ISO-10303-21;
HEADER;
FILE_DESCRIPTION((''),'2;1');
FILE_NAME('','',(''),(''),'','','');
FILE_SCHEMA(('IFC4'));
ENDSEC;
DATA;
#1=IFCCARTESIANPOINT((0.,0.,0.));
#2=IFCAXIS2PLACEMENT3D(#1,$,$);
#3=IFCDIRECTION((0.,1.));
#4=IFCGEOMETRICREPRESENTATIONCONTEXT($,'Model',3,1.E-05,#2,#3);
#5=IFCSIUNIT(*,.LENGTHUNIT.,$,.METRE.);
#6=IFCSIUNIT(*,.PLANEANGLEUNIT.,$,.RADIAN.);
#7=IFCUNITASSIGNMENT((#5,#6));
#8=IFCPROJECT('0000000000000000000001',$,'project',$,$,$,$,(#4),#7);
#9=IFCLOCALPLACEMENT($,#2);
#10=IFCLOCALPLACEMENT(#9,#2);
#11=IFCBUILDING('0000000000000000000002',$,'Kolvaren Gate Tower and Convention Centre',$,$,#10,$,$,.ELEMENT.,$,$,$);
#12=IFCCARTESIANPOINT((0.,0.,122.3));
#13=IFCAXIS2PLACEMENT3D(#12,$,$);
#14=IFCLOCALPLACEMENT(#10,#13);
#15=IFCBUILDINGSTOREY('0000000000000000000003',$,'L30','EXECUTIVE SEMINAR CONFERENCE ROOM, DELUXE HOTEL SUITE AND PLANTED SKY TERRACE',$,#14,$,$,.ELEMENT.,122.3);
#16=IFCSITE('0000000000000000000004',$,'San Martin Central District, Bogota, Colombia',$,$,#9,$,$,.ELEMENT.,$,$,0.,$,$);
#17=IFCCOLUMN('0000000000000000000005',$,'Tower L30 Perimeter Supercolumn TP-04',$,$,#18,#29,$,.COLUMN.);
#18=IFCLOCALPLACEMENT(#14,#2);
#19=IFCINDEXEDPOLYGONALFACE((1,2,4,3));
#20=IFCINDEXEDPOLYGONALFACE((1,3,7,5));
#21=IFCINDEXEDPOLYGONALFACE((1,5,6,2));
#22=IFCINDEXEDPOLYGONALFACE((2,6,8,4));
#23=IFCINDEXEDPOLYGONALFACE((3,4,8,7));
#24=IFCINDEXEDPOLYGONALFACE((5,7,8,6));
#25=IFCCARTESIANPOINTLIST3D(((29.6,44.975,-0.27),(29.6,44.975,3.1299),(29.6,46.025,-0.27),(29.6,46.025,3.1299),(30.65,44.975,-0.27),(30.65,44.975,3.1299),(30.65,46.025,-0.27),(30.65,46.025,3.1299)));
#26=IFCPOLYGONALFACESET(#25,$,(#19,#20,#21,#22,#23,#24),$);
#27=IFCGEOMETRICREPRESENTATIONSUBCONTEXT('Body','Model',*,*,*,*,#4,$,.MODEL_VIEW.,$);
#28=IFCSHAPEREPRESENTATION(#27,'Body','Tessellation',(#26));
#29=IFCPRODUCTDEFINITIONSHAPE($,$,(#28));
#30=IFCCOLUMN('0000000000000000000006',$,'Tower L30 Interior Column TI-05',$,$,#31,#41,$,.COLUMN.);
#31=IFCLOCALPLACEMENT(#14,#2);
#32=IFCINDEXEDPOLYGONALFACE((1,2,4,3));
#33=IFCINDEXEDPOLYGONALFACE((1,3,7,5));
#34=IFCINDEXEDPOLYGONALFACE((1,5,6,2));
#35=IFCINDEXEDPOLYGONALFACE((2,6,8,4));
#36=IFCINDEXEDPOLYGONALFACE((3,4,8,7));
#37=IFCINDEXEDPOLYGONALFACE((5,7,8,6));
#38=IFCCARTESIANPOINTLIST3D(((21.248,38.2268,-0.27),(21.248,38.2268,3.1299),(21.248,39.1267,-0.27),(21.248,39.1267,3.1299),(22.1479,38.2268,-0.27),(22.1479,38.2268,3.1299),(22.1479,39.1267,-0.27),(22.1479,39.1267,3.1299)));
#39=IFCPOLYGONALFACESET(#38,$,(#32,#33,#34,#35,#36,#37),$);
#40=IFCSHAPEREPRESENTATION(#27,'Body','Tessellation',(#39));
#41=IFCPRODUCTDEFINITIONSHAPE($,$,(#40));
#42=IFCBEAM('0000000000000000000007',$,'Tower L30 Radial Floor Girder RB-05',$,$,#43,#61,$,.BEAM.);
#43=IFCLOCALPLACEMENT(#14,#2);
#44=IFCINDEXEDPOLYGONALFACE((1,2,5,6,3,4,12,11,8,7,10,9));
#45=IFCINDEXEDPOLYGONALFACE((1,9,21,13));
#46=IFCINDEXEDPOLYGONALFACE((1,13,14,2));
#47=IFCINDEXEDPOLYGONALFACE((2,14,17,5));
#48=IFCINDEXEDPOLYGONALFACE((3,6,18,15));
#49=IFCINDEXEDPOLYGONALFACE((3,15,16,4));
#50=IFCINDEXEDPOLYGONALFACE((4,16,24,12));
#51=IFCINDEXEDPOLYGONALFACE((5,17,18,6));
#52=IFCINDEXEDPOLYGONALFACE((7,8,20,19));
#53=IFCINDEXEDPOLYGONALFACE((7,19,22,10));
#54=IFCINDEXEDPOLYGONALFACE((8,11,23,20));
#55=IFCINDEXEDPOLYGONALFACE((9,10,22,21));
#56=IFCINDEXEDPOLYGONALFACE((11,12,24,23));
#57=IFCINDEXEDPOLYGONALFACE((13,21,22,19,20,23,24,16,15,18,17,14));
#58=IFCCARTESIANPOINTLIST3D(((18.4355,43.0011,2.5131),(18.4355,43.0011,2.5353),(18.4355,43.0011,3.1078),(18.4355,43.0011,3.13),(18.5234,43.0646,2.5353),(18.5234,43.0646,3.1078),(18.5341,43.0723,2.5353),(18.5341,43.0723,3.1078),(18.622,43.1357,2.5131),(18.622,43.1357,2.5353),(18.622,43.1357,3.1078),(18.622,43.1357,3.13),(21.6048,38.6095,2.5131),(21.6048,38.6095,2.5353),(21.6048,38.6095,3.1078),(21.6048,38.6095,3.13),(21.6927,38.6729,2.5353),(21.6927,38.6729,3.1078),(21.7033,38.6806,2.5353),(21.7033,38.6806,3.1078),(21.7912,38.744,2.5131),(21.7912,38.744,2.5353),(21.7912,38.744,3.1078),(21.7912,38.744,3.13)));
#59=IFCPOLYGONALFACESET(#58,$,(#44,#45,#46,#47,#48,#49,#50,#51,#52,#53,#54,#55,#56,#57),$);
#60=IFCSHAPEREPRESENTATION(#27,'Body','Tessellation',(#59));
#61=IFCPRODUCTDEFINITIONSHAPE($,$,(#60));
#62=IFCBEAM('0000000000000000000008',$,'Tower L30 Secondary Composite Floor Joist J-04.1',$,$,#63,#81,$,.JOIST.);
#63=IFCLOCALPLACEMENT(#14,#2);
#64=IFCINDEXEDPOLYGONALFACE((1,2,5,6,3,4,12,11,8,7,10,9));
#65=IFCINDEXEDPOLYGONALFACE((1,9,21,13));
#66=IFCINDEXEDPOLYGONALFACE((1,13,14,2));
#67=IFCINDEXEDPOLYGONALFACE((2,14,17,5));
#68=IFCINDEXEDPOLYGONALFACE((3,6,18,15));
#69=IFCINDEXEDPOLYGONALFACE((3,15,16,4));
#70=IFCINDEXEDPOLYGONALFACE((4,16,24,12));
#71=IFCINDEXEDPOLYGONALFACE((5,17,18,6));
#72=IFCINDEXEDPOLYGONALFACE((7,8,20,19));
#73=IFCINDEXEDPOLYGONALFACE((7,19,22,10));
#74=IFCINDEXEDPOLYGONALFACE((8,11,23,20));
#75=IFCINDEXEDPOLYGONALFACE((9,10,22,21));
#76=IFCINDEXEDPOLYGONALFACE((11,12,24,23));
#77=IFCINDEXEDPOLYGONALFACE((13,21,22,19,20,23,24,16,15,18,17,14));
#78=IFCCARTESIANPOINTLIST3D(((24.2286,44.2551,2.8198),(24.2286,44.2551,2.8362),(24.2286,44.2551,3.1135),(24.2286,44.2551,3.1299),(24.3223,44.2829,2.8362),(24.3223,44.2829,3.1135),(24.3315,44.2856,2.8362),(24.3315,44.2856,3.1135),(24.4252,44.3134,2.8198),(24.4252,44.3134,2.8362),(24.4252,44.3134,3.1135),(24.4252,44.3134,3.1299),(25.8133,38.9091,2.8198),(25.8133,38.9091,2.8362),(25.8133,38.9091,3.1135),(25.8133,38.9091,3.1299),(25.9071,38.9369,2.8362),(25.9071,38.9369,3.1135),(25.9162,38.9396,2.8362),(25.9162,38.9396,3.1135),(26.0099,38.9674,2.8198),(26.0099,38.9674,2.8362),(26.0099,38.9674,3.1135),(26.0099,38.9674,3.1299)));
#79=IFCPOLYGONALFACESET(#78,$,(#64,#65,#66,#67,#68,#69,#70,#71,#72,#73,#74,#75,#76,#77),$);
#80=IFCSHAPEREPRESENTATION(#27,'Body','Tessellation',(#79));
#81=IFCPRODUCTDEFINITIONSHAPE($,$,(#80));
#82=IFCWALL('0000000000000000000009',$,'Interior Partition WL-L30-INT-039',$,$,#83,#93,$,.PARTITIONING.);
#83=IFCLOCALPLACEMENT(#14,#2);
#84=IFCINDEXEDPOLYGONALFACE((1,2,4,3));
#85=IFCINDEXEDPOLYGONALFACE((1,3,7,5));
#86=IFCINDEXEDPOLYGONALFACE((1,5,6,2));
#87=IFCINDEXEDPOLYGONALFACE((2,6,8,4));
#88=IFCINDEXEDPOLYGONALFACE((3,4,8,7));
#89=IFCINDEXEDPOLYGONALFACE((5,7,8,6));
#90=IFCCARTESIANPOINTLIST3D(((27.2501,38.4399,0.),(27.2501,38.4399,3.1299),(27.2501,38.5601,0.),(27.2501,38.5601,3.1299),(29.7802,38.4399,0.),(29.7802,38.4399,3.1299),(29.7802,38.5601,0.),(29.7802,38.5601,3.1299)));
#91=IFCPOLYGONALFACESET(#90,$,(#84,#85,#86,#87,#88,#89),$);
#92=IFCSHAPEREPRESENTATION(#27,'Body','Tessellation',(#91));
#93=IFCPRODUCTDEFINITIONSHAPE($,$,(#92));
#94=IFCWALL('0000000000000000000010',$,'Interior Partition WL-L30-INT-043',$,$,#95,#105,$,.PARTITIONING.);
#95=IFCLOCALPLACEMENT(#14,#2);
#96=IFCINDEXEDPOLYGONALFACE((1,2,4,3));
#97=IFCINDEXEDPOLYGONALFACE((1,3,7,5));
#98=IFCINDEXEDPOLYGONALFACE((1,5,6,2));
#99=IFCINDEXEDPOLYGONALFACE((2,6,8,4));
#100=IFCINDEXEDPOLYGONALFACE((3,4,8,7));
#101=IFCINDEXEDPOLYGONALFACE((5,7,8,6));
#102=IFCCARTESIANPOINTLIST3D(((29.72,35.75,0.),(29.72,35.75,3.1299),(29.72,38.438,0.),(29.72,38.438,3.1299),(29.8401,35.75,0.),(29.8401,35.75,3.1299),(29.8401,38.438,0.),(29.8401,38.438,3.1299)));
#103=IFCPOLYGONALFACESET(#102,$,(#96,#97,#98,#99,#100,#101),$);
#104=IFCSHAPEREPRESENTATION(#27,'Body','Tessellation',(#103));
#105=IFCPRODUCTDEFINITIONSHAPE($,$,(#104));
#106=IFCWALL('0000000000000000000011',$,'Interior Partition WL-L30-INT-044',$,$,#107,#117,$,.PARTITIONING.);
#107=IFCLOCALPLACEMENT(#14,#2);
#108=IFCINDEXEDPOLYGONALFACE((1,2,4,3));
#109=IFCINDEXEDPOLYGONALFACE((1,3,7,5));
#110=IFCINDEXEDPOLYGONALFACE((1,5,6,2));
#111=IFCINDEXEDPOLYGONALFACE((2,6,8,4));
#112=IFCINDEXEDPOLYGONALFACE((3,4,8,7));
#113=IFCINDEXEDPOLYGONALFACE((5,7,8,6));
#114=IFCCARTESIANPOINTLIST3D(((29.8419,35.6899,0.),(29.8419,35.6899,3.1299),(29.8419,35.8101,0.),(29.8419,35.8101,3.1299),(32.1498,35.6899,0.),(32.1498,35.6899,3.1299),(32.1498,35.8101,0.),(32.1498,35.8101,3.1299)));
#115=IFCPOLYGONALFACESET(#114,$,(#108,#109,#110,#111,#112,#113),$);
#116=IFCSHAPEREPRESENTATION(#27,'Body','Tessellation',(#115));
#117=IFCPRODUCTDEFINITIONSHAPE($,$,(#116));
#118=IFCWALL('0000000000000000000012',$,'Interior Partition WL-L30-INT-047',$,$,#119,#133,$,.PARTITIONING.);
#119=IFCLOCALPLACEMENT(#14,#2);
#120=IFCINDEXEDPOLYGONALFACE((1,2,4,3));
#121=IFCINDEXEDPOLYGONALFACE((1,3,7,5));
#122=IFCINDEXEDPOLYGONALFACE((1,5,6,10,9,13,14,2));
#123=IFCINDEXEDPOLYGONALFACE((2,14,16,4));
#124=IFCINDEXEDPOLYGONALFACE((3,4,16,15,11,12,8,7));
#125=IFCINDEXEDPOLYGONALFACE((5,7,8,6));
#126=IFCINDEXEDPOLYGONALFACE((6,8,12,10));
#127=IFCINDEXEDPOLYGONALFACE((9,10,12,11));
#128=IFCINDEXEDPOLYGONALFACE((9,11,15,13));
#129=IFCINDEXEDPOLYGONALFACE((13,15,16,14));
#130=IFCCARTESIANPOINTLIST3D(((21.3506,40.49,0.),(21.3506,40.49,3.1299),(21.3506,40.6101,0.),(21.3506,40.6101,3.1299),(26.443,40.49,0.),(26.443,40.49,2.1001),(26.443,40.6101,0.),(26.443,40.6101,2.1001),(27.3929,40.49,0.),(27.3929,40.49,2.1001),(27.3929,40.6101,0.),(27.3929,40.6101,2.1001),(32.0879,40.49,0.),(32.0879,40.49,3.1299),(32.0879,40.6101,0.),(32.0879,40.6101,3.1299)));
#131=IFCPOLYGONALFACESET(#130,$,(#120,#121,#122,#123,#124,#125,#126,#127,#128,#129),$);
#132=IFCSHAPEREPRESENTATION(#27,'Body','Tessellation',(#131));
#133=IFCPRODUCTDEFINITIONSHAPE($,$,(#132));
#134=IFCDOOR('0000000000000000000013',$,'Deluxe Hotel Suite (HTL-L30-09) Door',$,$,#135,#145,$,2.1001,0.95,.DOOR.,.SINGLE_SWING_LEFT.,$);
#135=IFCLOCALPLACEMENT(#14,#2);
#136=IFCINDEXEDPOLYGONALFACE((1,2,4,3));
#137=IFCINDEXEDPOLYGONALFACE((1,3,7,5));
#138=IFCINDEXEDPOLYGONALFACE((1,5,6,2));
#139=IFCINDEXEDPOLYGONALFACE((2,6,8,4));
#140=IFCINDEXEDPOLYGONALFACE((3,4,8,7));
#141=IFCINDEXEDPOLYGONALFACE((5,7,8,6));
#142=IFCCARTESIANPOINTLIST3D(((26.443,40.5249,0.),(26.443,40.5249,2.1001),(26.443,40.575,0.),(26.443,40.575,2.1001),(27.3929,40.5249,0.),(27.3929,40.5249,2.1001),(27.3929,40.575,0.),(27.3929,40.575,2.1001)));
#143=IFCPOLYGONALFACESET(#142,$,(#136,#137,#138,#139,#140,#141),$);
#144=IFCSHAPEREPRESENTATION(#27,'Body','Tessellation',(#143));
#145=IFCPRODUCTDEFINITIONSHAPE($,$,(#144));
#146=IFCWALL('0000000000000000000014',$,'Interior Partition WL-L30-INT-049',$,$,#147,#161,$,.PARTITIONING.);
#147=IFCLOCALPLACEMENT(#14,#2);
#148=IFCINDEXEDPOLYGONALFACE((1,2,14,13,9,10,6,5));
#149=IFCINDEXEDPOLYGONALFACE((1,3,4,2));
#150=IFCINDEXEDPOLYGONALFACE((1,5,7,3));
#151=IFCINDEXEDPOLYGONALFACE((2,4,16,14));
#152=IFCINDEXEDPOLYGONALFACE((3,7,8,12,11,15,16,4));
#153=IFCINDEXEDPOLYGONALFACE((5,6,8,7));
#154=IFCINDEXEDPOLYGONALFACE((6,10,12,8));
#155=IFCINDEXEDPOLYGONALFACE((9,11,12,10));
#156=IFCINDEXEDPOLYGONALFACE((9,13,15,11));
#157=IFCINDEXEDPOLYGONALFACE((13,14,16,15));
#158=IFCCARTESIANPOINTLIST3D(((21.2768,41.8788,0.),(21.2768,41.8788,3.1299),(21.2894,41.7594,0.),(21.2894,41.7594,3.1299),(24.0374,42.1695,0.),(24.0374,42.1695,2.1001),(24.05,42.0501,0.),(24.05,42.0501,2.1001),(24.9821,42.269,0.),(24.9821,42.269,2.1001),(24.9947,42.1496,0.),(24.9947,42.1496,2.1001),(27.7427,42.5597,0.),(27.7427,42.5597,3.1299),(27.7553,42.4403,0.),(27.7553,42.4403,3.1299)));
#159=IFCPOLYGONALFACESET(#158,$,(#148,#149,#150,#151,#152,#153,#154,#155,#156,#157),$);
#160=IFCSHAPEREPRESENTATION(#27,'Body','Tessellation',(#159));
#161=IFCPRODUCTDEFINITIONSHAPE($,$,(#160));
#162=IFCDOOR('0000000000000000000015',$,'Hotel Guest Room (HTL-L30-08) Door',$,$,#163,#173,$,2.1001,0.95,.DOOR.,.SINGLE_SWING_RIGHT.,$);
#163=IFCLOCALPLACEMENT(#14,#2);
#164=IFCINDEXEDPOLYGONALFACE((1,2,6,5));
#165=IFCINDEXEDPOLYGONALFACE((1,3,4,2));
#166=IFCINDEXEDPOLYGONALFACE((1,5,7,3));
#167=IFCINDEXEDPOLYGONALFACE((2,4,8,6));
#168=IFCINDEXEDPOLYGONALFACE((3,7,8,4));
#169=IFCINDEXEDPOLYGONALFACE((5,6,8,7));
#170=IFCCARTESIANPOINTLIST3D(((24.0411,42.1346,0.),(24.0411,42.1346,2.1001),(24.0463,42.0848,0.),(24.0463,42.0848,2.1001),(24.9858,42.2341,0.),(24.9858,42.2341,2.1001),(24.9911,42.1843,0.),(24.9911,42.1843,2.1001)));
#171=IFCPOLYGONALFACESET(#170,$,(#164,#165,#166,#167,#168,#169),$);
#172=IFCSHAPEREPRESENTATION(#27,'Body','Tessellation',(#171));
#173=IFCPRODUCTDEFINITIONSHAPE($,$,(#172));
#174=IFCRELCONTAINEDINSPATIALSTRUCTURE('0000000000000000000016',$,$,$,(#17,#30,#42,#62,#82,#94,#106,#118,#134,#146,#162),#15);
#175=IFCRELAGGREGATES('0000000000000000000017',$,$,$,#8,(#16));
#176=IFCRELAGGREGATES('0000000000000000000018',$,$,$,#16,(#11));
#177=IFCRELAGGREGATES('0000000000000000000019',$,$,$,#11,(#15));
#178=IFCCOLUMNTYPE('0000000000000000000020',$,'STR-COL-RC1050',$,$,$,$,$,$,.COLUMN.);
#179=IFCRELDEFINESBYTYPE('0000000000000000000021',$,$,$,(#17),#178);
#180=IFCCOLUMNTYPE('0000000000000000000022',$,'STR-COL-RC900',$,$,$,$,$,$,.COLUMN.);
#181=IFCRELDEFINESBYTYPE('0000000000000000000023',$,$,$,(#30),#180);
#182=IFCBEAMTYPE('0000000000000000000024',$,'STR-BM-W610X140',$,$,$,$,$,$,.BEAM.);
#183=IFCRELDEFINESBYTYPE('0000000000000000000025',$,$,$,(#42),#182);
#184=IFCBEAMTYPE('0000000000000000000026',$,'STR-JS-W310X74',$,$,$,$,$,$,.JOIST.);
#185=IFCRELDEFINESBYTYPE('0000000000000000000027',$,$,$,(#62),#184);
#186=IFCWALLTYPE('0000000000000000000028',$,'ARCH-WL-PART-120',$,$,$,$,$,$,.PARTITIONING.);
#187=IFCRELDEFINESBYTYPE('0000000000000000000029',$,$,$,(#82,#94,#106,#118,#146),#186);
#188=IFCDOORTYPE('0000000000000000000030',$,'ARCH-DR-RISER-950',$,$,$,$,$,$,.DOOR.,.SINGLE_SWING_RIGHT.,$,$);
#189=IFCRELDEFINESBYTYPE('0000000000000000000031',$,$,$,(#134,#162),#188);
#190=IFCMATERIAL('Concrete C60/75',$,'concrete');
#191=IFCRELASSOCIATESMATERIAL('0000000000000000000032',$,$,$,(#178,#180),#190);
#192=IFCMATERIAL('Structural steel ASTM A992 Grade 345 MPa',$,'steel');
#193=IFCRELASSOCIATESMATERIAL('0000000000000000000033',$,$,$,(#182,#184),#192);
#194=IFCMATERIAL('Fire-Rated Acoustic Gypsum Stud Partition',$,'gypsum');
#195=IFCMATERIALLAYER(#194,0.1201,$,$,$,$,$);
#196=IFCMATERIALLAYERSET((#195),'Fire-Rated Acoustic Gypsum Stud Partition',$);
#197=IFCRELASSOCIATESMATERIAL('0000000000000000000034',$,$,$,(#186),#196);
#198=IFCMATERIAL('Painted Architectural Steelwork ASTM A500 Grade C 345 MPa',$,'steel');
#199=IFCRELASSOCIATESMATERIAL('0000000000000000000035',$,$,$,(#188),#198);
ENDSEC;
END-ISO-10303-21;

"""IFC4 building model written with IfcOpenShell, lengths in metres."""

from ifc_helpers import new_model, si_unit, direction, frame, frame_2d, origin, origin_2d, place, context, subcontext, project, spatial, rectangle, i_section, extrude, material, layer, layer_set, material_profile, profile_set, type_object, element, fill, save


model = new_model("IFC4")

# Units and contexts
model_context = context("Model", 3, precision=1e-05, world=origin(), true_north=direction((0.0, 1.0)))
body_context = subcontext(model_context, "Body", "Model", "MODEL_VIEW")
ifc_project = project(units=[si_unit("LENGTHUNIT", "METRE"), si_unit("PLANEANGLEUNIT", "RADIAN")], contexts=[model_context])

# Site, building, storey
site_placement = place(None, origin())
site = spatial("IfcSite", under=ifc_project, at=site_placement, Name="San Martin Central District, Bogota, Colombia", CompositionType="ELEMENT", RefElevation=0.0)
building_placement = place(site_placement, origin())
building = spatial("IfcBuilding", under=site, at=building_placement, Name="Kolvaren Gate Tower and Convention Centre", CompositionType="ELEMENT")
storey_placement = place(building_placement, frame((0.0, 0.0, 122.3)))
storey = spatial("IfcBuildingStorey", under=building, at=storey_placement, Name="L30", Description="EXECUTIVE SEMINAR CONFERENCE ROOM, DELUXE HOTEL SUITE AND PLANTED SKY TERRACE", CompositionType="ELEMENT", Elevation=122.3)

# Columns
ifc_material_1 = material(Name="Concrete C60/75", Category="concrete")
ifc_material_profile_1 = material_profile(ifc_material_1, rectangle(XDim=1.05, YDim=1.05, at=origin_2d()), Name="RC-COL-1050X1050")
ifc_profile_set_1 = profile_set([ifc_material_profile_1], Name="Concrete C60/75")
column_type_1 = type_object("IfcColumnType", Name="STR-COL-RC1050", PredefinedType="COLUMN", material=ifc_profile_set_1)
column_1_placement = place(storey_placement, frame((30.125, 45.5, -0.27), z_axis=(0.0, 0.0, 1.0), x_axis=(1.0, 0.0, 0.0)))
element("IfcColumn", 1, at=column_1_placement, inside=storey, type_object=column_type_1, Name="Tower L30 Perimeter Supercolumn TP-04", PredefinedType="COLUMN", context=body_context, shape_type="SweptSolid", body=[
    extrude(rectangle(XDim=1.05, YDim=1.05, at=origin_2d()), origin(), (0.0, 0.0, 1.0), 3.3999),
])
ifc_material_profile_2 = material_profile(ifc_material_1, rectangle(XDim=0.8999, YDim=0.8999, at=origin_2d()), Name="RC-COL-900X900")
ifc_profile_set_2 = profile_set([ifc_material_profile_2], Name="Concrete C60/75")
column_type_2 = type_object("IfcColumnType", Name="STR-COL-RC900", PredefinedType="COLUMN", material=ifc_profile_set_2)
column_2_placement = place(storey_placement, frame((21.698, 38.6768, -0.27), z_axis=(0.0, 0.0, 1.0), x_axis=(1.0, 0.0, 0.0)))
element("IfcColumn", 2, at=column_2_placement, inside=storey, type_object=column_type_2, Name="Tower L30 Interior Column TI-05", PredefinedType="COLUMN", context=body_context, shape_type="SweptSolid", body=[
    extrude(rectangle(XDim=0.8999, YDim=0.8999, at=origin_2d()), origin(), (0.0, 0.0, 1.0), 3.3999),
])

# Beams
ifc_material_2 = material(Name="Structural steel ASTM A992 Grade 345 MPa", Category="steel")
ifc_material_profile_3 = material_profile(ifc_material_2, i_section(OverallWidth=0.23, OverallDepth=0.6169, WebThickness=0.0132, FlangeThickness=0.0222, at=origin_2d()), Name="W610X140")
ifc_profile_set_3 = profile_set([ifc_material_profile_3], Name="Structural steel ASTM A992 Grade 345 MPa")
beam_type_1 = type_object("IfcBeamType", Name="STR-BM-W610X140", PredefinedType="BEAM", material=ifc_profile_set_3)
beam_1_placement = place(storey_placement, frame((21.698, 38.6768, 2.8215), z_axis=(-0.585184, 0.8109, 0.0), x_axis=(-0.8109, -0.585184, 0.0)))
element("IfcBeam", 3, at=beam_1_placement, inside=storey, type_object=beam_type_1, Name="Tower L30 Radial Floor Girder RB-05", PredefinedType="BEAM", context=body_context, shape_type="SweptSolid", body=[
    extrude(i_section(OverallWidth=0.23, OverallDepth=0.6169, WebThickness=0.0132, FlangeThickness=0.0222, at=origin_2d()), origin(), (0.0, 0.0, 1.0), 5.4158),
])
ifc_material_profile_4 = material_profile(ifc_material_2, i_section(OverallWidth=0.2051, OverallDepth=0.3101, WebThickness=0.0095, FlangeThickness=0.0164, at=origin_2d()), Name="W310X74")
ifc_profile_set_4 = profile_set([ifc_material_profile_4], Name="Structural steel ASTM A992 Grade 345 MPa")
beam_type_2 = type_object("IfcBeamType", Name="STR-JS-W310X74", PredefinedType="JOIST", material=ifc_profile_set_4)
beam_2_placement = place(storey_placement, frame((25.9116, 38.9382, 2.9749), z_axis=(-0.284209, 0.958762, 0.0), x_axis=(-0.958762, -0.284209, 0.0)))
element("IfcBeam", 4, at=beam_2_placement, inside=storey, type_object=beam_type_2, Name="Tower L30 Secondary Composite Floor Joist J-04.1", PredefinedType="JOIST", context=body_context, shape_type="SweptSolid", body=[
    extrude(i_section(OverallWidth=0.2051, OverallDepth=0.3101, WebThickness=0.0095, FlangeThickness=0.0164, at=origin_2d()), origin(), (0.0, 0.0, 1.0), 5.5759),
])

# Walls
ifc_material_3 = material(Name="Fire-Rated Acoustic Gypsum Stud Partition", Category="gypsum")
ifc_layer_1 = layer(ifc_material_3, 0.1201)
ifc_layer_set_1 = layer_set([ifc_layer_1], Name="Fire-Rated Acoustic Gypsum Stud Partition")
wall_type_1 = type_object("IfcWallType", Name="ARCH-WL-PART-120", PredefinedType="PARTITIONING", material=ifc_layer_set_1)
wall_1_placement = place(storey_placement, frame((27.25, 38.5, 0.0), z_axis=(0.0, 0.0, 1.0), x_axis=(1.0, 0.0, 0.0)))
element("IfcWall", 5, at=wall_1_placement, inside=storey, type_object=wall_type_1, Name="Interior Partition WL-L30-INT-039", PredefinedType="PARTITIONING", context=body_context, shape_type="SweptSolid", body=[
    extrude(rectangle(XDim=2.53, YDim=0.1201, at=frame_2d((1.2651, 0.0))), origin(), (0.0, 0.0, 1.0), 3.1299),
])
wall_2_placement = place(storey_placement, frame((29.78, 35.75, 0.0), z_axis=(0.0, 0.0, 1.0), x_axis=(0.0, 1.0, 0.0)))
element("IfcWall", 6, at=wall_2_placement, inside=storey, type_object=wall_type_1, Name="Interior Partition WL-L30-INT-043", PredefinedType="PARTITIONING", context=body_context, shape_type="SweptSolid", body=[
    extrude(rectangle(XDim=2.688, YDim=0.1201, at=frame_2d((1.344, 0.0))), origin(), (0.0, 0.0, 1.0), 3.1299),
])
wall_3_placement = place(storey_placement, frame((29.842, 35.75, 0.0), z_axis=(0.0, 0.0, 1.0), x_axis=(1.0, 0.0, 0.0)))
element("IfcWall", 7, at=wall_3_placement, inside=storey, type_object=wall_type_1, Name="Interior Partition WL-L30-INT-044", PredefinedType="PARTITIONING", context=body_context, shape_type="SweptSolid", body=[
    extrude(rectangle(XDim=2.3079, YDim=0.1201, at=frame_2d((1.1538, 0.0))), origin(), (0.0, 0.0, 1.0), 3.1299),
])

# Walls, openings, doors
wall_4_placement = place(storey_placement, frame((21.3506, 40.55, 0.0), z_axis=(0.0, 0.0, 1.0), x_axis=(1.0, 0.0, 0.0)))
wall_4 = element("IfcWall", 8, at=wall_4_placement, inside=storey, type_object=wall_type_1, Name="Interior Partition WL-L30-INT-047", PredefinedType="PARTITIONING", context=body_context, shape_type="SweptSolid", body=[
    extrude(rectangle(XDim=10.7373, YDim=0.1201, at=frame_2d((5.3687, 0.0))), origin(), (0.0, 0.0, 1.0), 3.1299),
])
opening_1_placement = place(wall_4_placement, frame((5.0923, 0.0, 0.0)))
opening_1 = element("IfcOpeningElement", 9, at=opening_1_placement, cuts=wall_4, PredefinedType="OPENING", context=body_context, shape_type="SweptSolid", body=[
    extrude(rectangle(XDim=0.95, YDim=2.1001, at=frame_2d((0.4751, 1.05))), frame((0.0, 0.0701, 0.0), z_axis=(0.0, -1.0, 0.0), x_axis=(1.0, 0.0, 0.0)), (0.0, 0.0, 1.0), 0.1401),
])
ifc_material_4 = material(Name="Painted Architectural Steelwork ASTM A500 Grade C 345 MPa", Category="steel")
door_type_1 = type_object("IfcDoorType", Name="ARCH-DR-RISER-950", OperationType="SINGLE_SWING_RIGHT", PredefinedType="DOOR", material=ifc_material_4)
door_1_placement = place(opening_1_placement, origin())
door_1 = element("IfcDoor", 10, at=door_1_placement, inside=storey, type_object=door_type_1, Name="Deluxe Hotel Suite (HTL-L30-09) Door", OperationType="SINGLE_SWING_LEFT", OverallHeight=2.1001, OverallWidth=0.95, PredefinedType="DOOR", context=body_context, shape_type="SweptSolid", body=[
    extrude(rectangle(XDim=0.95, YDim=2.1001, at=frame_2d((0.4751, 1.05))), frame((0.0, 0.0249, 0.0), z_axis=(0.0, -1.0, 0.0), x_axis=(1.0, 0.0, 0.0)), (0.0, 0.0, 1.0), 0.05),
])
fill(opening_1, door_1)
wall_5_placement = place(storey_placement, frame((21.283, 41.8191, 0.0), z_axis=(0.0, 0.0, 1.0), x_axis=(0.994501, 0.104726, 0.0)))
wall_5 = element("IfcWall", 11, at=wall_5_placement, inside=storey, type_object=wall_type_1, Name="Interior Partition WL-L30-INT-049", PredefinedType="PARTITIONING", context=body_context, shape_type="SweptSolid", body=[
    extrude(rectangle(XDim=6.5017, YDim=0.1201, at=frame_2d((3.251, 0.0))), origin(), (0.0, 0.0, 1.0), 3.1299),
])
opening_2_placement = place(wall_5_placement, frame((2.7759, 0.0, 0.0)))
opening_2 = element("IfcOpeningElement", 12, at=opening_2_placement, cuts=wall_5, PredefinedType="OPENING", context=body_context, shape_type="SweptSolid", body=[
    extrude(rectangle(XDim=0.95, YDim=2.1001, at=frame_2d((0.4751, 1.05))), frame((0.0, 0.0701, 0.0), z_axis=(0.0, -1.0, 0.0), x_axis=(1.0, 0.0, 0.0)), (0.0, 0.0, 1.0), 0.1401),
])
door_2_placement = place(opening_2_placement, origin())
door_2 = element("IfcDoor", 13, at=door_2_placement, inside=storey, type_object=door_type_1, Name="Hotel Guest Room (HTL-L30-08) Door", OperationType="SINGLE_SWING_RIGHT", OverallHeight=2.1001, OverallWidth=0.95, PredefinedType="DOOR", context=body_context, shape_type="SweptSolid", body=[
    extrude(rectangle(XDim=0.95, YDim=2.1001, at=frame_2d((0.4751, 1.05))), frame((0.0, 0.0249, 0.0), z_axis=(0.0, -1.0, 0.0), x_axis=(1.0, 0.0, 0.0)), (0.0, 0.0, 1.0), 0.05),
])
fill(opening_2, door_2)

save(model, "model.ifc")
